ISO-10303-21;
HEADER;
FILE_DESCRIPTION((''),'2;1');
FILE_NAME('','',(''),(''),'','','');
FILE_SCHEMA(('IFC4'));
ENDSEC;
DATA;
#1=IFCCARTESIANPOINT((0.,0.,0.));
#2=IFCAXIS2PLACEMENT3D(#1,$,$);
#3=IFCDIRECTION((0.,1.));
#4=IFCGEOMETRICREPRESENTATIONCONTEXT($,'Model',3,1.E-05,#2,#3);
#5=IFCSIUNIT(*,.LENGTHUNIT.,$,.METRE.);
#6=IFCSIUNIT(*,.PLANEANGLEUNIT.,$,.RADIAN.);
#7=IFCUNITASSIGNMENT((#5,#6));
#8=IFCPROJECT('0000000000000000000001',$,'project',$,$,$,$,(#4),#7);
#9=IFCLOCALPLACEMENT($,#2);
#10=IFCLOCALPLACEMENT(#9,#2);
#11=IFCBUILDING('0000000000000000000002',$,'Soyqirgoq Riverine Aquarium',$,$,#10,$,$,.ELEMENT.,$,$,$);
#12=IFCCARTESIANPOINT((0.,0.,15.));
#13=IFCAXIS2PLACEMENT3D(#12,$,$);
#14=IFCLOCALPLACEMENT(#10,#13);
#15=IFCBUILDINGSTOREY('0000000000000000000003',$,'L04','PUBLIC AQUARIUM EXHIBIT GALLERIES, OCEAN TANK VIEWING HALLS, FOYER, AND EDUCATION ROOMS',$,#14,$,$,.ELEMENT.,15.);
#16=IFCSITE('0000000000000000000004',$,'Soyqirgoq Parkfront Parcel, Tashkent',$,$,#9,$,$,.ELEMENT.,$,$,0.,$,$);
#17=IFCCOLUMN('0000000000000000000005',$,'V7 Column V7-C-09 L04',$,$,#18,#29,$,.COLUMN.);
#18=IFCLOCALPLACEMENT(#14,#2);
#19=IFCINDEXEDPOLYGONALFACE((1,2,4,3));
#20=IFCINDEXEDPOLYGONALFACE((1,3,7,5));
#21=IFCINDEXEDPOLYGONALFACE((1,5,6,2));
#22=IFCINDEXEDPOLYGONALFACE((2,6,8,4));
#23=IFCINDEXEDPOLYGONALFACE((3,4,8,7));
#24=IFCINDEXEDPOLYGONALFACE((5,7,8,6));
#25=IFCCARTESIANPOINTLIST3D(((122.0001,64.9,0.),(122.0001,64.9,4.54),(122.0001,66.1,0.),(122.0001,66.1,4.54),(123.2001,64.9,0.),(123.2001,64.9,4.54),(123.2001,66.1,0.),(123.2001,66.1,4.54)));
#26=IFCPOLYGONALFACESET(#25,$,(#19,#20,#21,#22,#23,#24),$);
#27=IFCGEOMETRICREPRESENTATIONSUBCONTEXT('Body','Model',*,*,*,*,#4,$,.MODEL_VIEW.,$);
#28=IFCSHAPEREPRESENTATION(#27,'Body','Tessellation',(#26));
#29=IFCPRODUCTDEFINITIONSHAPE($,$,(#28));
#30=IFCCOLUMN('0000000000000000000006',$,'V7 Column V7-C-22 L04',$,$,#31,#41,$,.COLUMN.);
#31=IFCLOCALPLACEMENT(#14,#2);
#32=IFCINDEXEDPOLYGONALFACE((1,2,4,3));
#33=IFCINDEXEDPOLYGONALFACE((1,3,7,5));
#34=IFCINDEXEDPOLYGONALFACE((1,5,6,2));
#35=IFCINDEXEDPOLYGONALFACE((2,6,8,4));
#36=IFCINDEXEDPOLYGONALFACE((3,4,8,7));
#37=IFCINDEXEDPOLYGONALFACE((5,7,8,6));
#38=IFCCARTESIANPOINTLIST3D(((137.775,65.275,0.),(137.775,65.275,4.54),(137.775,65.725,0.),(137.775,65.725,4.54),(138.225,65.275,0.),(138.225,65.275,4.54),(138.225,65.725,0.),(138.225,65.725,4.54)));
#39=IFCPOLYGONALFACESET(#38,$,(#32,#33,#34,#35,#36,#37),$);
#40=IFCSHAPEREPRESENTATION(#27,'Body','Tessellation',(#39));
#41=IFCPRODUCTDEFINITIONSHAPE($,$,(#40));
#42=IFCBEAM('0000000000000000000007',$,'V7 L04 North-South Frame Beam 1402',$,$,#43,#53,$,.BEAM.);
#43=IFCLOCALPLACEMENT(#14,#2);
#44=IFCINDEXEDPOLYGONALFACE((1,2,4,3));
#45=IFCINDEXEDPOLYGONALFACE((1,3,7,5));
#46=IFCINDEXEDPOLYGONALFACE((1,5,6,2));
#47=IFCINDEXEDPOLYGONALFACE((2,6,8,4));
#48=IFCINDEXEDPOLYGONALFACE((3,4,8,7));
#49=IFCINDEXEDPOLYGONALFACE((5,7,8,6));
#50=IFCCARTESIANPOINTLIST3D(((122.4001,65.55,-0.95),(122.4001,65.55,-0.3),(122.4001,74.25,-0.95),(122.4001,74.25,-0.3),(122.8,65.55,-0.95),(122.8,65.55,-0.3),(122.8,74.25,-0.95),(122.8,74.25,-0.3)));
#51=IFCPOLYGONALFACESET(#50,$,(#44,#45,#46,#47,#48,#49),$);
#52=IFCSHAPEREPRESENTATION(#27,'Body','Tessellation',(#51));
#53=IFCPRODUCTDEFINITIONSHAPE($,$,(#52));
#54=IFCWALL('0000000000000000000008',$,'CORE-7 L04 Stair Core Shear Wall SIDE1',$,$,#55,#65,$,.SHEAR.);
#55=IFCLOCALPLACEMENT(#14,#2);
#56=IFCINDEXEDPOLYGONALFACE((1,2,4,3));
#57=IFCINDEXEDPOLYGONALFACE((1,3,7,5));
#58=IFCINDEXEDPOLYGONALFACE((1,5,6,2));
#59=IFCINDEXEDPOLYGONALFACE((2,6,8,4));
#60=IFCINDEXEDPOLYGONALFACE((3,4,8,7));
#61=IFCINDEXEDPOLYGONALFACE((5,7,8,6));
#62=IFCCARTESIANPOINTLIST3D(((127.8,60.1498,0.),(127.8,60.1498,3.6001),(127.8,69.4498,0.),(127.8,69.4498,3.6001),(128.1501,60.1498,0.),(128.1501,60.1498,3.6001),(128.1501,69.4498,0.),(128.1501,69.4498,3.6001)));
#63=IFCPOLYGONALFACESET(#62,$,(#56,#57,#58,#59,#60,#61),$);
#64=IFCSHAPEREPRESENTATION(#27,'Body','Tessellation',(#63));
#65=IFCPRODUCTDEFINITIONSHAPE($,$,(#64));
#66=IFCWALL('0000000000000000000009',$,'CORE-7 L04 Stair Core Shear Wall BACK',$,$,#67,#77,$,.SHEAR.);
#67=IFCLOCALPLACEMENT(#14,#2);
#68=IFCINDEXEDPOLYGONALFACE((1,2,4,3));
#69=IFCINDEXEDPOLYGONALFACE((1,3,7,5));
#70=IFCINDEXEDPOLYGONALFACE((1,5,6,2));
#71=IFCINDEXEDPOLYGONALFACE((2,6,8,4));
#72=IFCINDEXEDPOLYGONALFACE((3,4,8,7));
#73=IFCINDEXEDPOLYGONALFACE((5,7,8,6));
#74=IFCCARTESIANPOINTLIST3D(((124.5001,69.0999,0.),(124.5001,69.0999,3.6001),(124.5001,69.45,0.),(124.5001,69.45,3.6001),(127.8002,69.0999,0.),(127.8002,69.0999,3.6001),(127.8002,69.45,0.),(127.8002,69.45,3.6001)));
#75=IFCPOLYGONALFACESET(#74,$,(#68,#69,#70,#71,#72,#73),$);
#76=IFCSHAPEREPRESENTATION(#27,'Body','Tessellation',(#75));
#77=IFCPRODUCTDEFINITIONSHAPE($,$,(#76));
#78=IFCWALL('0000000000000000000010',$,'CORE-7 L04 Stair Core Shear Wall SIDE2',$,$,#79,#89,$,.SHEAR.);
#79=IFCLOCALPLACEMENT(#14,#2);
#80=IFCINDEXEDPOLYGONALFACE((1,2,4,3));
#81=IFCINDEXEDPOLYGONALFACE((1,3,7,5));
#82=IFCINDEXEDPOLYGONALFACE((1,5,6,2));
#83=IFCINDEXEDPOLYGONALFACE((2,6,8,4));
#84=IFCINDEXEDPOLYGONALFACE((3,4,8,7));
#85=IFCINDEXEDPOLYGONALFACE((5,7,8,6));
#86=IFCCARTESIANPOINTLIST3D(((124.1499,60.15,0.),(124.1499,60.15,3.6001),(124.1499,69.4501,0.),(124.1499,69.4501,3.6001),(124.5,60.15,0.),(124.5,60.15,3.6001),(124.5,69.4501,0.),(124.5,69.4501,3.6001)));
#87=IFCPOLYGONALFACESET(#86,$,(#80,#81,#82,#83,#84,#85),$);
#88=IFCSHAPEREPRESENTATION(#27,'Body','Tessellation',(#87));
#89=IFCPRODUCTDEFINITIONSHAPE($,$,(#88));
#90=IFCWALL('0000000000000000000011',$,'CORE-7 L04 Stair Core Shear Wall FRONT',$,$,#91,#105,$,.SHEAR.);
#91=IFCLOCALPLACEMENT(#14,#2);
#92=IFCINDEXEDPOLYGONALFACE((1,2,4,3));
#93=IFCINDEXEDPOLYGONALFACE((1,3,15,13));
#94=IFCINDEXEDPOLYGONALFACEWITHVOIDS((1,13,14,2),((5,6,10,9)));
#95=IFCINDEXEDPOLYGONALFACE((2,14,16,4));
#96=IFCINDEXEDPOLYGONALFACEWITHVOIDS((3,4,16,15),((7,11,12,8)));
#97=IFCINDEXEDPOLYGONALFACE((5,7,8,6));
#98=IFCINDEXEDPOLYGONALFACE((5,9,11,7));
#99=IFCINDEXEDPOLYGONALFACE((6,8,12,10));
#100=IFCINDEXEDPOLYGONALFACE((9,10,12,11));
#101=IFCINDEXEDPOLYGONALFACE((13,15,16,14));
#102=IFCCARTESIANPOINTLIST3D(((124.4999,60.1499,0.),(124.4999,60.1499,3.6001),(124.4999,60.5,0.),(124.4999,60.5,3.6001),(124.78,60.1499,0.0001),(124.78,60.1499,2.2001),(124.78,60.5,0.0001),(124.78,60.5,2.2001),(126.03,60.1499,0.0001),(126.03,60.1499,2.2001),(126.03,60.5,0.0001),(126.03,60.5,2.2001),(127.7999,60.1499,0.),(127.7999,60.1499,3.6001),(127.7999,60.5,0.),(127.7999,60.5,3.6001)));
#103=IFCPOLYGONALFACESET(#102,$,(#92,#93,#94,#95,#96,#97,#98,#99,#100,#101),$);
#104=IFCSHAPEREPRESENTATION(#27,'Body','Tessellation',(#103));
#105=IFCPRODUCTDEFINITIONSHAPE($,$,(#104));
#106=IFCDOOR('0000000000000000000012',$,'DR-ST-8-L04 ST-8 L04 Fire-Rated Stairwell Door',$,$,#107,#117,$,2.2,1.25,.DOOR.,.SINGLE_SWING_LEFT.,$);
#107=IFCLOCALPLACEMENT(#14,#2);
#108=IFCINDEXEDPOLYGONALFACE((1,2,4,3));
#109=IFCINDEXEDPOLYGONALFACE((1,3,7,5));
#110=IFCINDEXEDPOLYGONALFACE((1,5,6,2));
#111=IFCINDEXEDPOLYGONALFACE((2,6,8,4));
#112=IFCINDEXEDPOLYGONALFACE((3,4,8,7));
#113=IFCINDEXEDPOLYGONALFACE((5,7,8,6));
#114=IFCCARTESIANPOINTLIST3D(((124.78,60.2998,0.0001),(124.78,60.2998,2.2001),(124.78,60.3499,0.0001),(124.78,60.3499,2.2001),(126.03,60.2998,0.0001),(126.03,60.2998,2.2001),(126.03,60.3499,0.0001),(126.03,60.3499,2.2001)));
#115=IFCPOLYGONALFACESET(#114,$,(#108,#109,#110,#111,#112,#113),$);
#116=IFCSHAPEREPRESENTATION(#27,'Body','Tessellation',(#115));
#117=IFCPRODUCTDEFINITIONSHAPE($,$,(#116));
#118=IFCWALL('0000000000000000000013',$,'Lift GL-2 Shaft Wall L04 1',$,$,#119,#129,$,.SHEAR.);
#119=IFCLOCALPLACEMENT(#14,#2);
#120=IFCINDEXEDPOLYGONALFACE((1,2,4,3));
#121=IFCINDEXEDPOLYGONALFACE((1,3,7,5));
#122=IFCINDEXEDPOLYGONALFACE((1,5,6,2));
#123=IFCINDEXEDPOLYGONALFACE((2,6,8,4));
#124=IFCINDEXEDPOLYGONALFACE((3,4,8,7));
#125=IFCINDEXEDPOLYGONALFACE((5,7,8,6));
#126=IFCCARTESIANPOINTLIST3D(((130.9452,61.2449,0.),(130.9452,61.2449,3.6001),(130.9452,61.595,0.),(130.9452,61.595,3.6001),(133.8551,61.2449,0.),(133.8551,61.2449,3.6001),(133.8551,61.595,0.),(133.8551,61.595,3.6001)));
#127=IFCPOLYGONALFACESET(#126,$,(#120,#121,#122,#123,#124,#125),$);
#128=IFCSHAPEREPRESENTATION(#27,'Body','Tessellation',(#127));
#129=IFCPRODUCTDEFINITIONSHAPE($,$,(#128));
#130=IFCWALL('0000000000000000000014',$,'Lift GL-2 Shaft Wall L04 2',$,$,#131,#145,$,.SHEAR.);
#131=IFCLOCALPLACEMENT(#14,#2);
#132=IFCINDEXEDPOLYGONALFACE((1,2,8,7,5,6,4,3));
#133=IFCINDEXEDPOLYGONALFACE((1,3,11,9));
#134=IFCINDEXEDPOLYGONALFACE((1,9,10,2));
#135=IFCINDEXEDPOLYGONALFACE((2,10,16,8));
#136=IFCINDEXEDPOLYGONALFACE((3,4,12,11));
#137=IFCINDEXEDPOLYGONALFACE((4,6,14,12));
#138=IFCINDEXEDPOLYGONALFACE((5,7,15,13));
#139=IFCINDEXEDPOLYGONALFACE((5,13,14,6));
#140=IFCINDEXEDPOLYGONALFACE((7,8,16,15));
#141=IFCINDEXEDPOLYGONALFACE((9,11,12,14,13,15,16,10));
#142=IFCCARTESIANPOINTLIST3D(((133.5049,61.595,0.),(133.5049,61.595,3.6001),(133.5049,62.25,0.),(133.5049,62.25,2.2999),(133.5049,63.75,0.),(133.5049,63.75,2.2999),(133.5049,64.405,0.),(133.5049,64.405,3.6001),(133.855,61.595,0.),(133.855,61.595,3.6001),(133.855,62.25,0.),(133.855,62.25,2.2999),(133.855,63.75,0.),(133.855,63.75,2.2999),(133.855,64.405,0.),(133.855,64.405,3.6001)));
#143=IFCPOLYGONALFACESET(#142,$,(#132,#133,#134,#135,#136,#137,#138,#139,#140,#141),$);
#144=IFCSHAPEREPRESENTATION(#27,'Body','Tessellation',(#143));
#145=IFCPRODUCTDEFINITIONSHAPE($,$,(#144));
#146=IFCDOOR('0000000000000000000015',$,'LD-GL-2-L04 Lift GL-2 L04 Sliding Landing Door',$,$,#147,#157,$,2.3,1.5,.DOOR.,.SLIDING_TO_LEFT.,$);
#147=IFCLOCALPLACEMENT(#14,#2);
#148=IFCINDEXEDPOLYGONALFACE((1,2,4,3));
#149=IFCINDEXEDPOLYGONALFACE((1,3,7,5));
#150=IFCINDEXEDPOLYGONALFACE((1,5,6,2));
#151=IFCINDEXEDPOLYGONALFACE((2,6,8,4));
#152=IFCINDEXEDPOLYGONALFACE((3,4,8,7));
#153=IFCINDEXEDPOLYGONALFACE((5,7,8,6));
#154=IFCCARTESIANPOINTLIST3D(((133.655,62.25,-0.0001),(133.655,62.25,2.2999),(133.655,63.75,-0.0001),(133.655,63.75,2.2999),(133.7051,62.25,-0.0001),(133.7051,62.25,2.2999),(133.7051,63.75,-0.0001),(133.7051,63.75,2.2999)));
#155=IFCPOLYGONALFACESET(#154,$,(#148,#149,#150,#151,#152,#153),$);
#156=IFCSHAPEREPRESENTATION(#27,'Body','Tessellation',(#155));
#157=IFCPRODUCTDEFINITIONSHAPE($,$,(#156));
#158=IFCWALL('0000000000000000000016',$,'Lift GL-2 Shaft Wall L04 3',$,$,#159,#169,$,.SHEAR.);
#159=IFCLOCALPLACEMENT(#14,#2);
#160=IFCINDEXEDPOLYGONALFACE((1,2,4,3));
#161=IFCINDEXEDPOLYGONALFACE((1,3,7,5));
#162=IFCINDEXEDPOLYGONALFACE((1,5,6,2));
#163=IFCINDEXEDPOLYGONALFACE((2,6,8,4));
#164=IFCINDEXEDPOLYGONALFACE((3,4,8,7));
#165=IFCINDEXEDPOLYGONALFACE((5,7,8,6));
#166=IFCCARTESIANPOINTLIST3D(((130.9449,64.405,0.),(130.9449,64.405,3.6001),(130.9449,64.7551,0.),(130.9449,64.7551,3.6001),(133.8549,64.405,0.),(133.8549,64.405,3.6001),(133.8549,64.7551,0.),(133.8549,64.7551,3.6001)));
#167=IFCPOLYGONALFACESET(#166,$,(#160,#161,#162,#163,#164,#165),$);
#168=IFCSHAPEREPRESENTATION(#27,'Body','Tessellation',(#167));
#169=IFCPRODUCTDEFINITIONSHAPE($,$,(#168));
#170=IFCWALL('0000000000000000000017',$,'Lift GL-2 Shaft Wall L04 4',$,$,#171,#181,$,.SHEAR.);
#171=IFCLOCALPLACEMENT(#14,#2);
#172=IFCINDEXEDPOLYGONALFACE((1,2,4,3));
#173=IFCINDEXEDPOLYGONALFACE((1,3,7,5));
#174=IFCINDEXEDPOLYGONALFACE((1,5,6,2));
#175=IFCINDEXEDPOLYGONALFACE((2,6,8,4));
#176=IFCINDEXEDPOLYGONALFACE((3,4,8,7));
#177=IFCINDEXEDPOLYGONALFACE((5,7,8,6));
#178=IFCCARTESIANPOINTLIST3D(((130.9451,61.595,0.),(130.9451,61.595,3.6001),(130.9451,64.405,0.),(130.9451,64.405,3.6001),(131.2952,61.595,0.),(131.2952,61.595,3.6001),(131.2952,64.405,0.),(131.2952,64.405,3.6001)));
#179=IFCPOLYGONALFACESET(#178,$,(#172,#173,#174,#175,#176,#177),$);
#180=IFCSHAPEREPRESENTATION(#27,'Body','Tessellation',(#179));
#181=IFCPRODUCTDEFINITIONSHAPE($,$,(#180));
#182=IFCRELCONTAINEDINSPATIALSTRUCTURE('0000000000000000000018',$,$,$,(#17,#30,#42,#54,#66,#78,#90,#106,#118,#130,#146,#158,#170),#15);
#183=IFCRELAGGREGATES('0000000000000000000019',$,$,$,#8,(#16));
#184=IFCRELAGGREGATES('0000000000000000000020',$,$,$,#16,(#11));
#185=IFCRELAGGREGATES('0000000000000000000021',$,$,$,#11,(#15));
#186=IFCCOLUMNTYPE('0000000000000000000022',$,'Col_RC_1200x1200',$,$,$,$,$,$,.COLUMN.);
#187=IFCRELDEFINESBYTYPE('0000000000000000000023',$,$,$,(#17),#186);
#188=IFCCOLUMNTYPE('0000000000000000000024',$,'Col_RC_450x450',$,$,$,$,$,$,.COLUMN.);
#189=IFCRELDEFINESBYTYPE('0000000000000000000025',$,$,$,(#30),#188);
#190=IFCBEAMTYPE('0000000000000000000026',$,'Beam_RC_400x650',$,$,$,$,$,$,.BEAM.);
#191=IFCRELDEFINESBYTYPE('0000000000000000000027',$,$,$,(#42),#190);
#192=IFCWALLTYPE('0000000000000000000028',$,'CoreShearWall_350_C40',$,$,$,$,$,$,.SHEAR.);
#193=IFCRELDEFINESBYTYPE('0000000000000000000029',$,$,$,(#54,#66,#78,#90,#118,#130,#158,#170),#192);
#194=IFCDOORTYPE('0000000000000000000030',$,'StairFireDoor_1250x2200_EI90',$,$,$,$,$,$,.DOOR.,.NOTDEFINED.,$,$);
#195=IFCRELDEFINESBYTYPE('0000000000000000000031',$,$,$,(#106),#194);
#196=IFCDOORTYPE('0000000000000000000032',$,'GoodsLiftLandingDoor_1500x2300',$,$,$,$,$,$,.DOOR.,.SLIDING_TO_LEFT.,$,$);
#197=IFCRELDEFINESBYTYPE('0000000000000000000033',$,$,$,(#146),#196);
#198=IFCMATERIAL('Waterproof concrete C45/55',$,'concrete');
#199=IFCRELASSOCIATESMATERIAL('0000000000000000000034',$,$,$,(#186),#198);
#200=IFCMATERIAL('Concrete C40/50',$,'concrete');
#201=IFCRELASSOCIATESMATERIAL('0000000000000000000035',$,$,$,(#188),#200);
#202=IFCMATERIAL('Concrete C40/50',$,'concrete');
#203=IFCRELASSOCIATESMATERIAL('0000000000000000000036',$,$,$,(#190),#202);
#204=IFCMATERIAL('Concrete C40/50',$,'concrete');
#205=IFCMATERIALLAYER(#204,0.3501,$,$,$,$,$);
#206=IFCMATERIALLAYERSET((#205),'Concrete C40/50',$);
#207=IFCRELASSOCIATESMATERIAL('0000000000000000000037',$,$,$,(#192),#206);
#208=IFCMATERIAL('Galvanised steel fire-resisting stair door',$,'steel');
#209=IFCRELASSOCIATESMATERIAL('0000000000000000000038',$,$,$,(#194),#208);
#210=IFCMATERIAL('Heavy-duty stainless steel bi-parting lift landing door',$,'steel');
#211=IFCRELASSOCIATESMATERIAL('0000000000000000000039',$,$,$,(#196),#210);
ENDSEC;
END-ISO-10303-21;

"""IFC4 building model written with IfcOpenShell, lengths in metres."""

from ifc_helpers import new_model, si_unit, direction, frame, frame_2d, origin, origin_2d, place, context, subcontext, project, spatial, rectangle, extrude, material, layer, layer_set, material_profile, profile_set, type_object, element, fill, save


model = new_model("IFC4")

# Units and contexts
model_context = context("Model", 3, precision=1e-05, world=origin(), true_north=direction((0.0, 1.0)))
body_context = subcontext(model_context, "Body", "Model", "MODEL_VIEW")
ifc_project = project(units=[si_unit("LENGTHUNIT", "METRE"), si_unit("PLANEANGLEUNIT", "RADIAN")], contexts=[model_context])

# Site, building, storey
site_placement = place(None, origin())
site = spatial("IfcSite", under=ifc_project, at=site_placement, Name="Soyqirgoq Parkfront Parcel, Tashkent", CompositionType="ELEMENT", RefElevation=0.0)
building_placement = place(site_placement, origin())
building = spatial("IfcBuilding", under=site, at=building_placement, Name="Soyqirgoq Riverine Aquarium", CompositionType="ELEMENT")
storey_placement = place(building_placement, frame((0.0, 0.0, 15.0)))
storey = spatial("IfcBuildingStorey", under=building, at=storey_placement, Name="L04", Description="PUBLIC AQUARIUM EXHIBIT GALLERIES, OCEAN TANK VIEWING HALLS, FOYER, AND EDUCATION ROOMS", CompositionType="ELEMENT", Elevation=15.0)

# Columns
ifc_material_1 = material(Name="Waterproof concrete C45/55", Category="concrete")
ifc_material_profile_1 = material_profile(ifc_material_1, rectangle(XDim=1.2, YDim=1.2, at=origin_2d()), Name="RC 1200x1200")
ifc_profile_set_1 = profile_set([ifc_material_profile_1], Name="Waterproof concrete C45/55")
column_type_1 = type_object("IfcColumnType", Name="Col_RC_1200x1200", PredefinedType="COLUMN", material=ifc_profile_set_1)
column_1_placement = place(storey_placement, frame((122.6001, 65.5, 0.0), z_axis=(0.0, 0.0, 1.0), x_axis=(1.0, 0.0, 0.0)))
element("IfcColumn", 1, at=column_1_placement, inside=storey, type_object=column_type_1, Name="V7 Column V7-C-09 L04", PredefinedType="COLUMN", context=body_context, shape_type="SweptSolid", body=[
    extrude(rectangle(XDim=1.2, YDim=1.2, at=origin_2d()), origin(), (0.0, 0.0, 1.0), 4.54),
])
ifc_material_2 = material(Name="Concrete C40/50", Category="concrete")
ifc_material_profile_2 = material_profile(ifc_material_2, rectangle(XDim=0.45, YDim=0.45, at=origin_2d()), Name="RC 450x450")
ifc_profile_set_2 = profile_set([ifc_material_profile_2], Name="Concrete C40/50")
column_type_2 = type_object("IfcColumnType", Name="Col_RC_450x450", PredefinedType="COLUMN", material=ifc_profile_set_2)
column_2_placement = place(storey_placement, frame((138.0, 65.5, 0.0), z_axis=(0.0, 0.0, 1.0), x_axis=(1.0, 0.0, 0.0)))
element("IfcColumn", 2, at=column_2_placement, inside=storey, type_object=column_type_2, Name="V7 Column V7-C-22 L04", PredefinedType="COLUMN", context=body_context, shape_type="SweptSolid", body=[
    extrude(rectangle(XDim=0.45, YDim=0.45, at=origin_2d()), origin(), (0.0, 0.0, 1.0), 4.54),
])

# Beam
ifc_material_3 = material(Name="Concrete C40/50", Category="concrete")
ifc_material_profile_3 = material_profile(ifc_material_3, rectangle(XDim=0.3999, YDim=0.6499, at=origin_2d()), Name="RC 400x650")
ifc_profile_set_3 = profile_set([ifc_material_profile_3], Name="Concrete C40/50")
beam_type = type_object("IfcBeamType", Name="Beam_RC_400x650", PredefinedType="BEAM", material=ifc_profile_set_3)
beam_placement = place(storey_placement, frame((122.6001, 65.55, -0.625), z_axis=(0.0, 1.0, 0.0), x_axis=(-1.0, 0.0, 0.0)))
element("IfcBeam", 3, at=beam_placement, inside=storey, type_object=beam_type, Name="V7 L04 North-South Frame Beam 1402", PredefinedType="BEAM", context=body_context, shape_type="SweptSolid", body=[
    extrude(rectangle(XDim=0.3999, YDim=0.6499, at=origin_2d()), origin(), (0.0, 0.0, 1.0), 8.7),
])

# Walls
ifc_material_4 = material(Name="Concrete C40/50", Category="concrete")
ifc_layer_1 = layer(ifc_material_4, 0.3501)
ifc_layer_set_1 = layer_set([ifc_layer_1], Name="Concrete C40/50")
wall_type_1 = type_object("IfcWallType", Name="CoreShearWall_350_C40", PredefinedType="SHEAR", material=ifc_layer_set_1)
wall_1_placement = place(storey_placement, frame((127.9751, 60.1499, 0.0), z_axis=(0.0, 0.0, 1.0), x_axis=(0.0, 1.0, 0.0)))
element("IfcWall", 4, at=wall_1_placement, inside=storey, type_object=wall_type_1, Name="CORE-7 L04 Stair Core Shear Wall SIDE1", PredefinedType="SHEAR", context=body_context, shape_type="SweptSolid", body=[
    extrude(rectangle(XDim=9.3, YDim=0.3501, at=frame_2d((4.6499, 0.0))), origin(), (0.0, 0.0, 1.0), 3.6001),
])
wall_2_placement = place(storey_placement, frame((127.8, 69.2749, 0.0), z_axis=(0.0, 0.0, 1.0), x_axis=(-1.0, 0.0, 0.0)))
element("IfcWall", 5, at=wall_2_placement, inside=storey, type_object=wall_type_1, Name="CORE-7 L04 Stair Core Shear Wall BACK", PredefinedType="SHEAR", context=body_context, shape_type="SweptSolid", body=[
    extrude(rectangle(XDim=3.3, YDim=0.3501, at=frame_2d((1.6499, 0.0))), origin(), (0.0, 0.0, 1.0), 3.6001),
])
wall_3_placement = place(storey_placement, frame((124.325, 69.45, 0.0), z_axis=(0.0, 0.0, 1.0), x_axis=(0.0, -1.0, 0.0)))
element("IfcWall", 6, at=wall_3_placement, inside=storey, type_object=wall_type_1, Name="CORE-7 L04 Stair Core Shear Wall SIDE2", PredefinedType="SHEAR", context=body_context, shape_type="SweptSolid", body=[
    extrude(rectangle(XDim=9.3, YDim=0.3501, at=frame_2d((4.6499, 0.0))), origin(), (0.0, 0.0, 1.0), 3.6001),
])

# Wall, opening, door
wall_4_placement = place(storey_placement, frame((124.5, 60.325, 0.0), z_axis=(0.0, 0.0, 1.0), x_axis=(1.0, 0.0, 0.0)))
wall_4 = element("IfcWall", 7, at=wall_4_placement, inside=storey, type_object=wall_type_1, Name="CORE-7 L04 Stair Core Shear Wall FRONT", PredefinedType="SHEAR", context=body_context, shape_type="SweptSolid", body=[
    extrude(rectangle(XDim=3.3, YDim=0.3501, at=frame_2d((1.6499, 0.0))), origin(), (0.0, 0.0, 1.0), 3.6001),
])
opening_1_placement = place(wall_4_placement, frame((0.28, 0.0, 0.0)))
opening_1 = element("IfcOpeningElement", 8, at=opening_1_placement, cuts=wall_4, PredefinedType="OPENING", context=body_context, shape_type="SweptSolid", body=[
    extrude(rectangle(XDim=1.25, YDim=2.2, at=frame_2d((0.625, 1.1001))), frame((0.0, 0.1851, 0.0), z_axis=(0.0, -1.0, 0.0), x_axis=(1.0, 0.0, 0.0)), (0.0, 0.0, 1.0), 0.3701),
])
ifc_material_5 = material(Name="Galvanised steel fire-resisting stair door", Category="steel")
door_type_1 = type_object("IfcDoorType", Name="StairFireDoor_1250x2200_EI90", OperationType="NOTDEFINED", PredefinedType="DOOR", material=ifc_material_5)
door_1_placement = place(opening_1_placement, origin())
door_1 = element("IfcDoor", 9, at=door_1_placement, inside=storey, type_object=door_type_1, Name="DR-ST-8-L04 ST-8 L04 Fire-Rated Stairwell Door", OperationType="SINGLE_SWING_LEFT", OverallHeight=2.2, OverallWidth=1.25, PredefinedType="DOOR", context=body_context, shape_type="SweptSolid", body=[
    extrude(rectangle(XDim=1.25, YDim=2.2, at=frame_2d((0.625, 1.1001))), frame((0.0, 0.0249, 0.0), z_axis=(0.0, -1.0, 0.0), x_axis=(1.0, 0.0, 0.0)), (0.0, 0.0, 1.0), 0.05),
])
fill(opening_1, door_1)

# Wall
wall_5_placement = place(storey_placement, frame((130.9451, 61.4199, 0.0), z_axis=(0.0, 0.0, 1.0), x_axis=(1.0, 0.0, 0.0)))
element("IfcWall", 10, at=wall_5_placement, inside=storey, type_object=wall_type_1, Name="Lift GL-2 Shaft Wall L04 1", PredefinedType="SHEAR", context=body_context, shape_type="SweptSolid", body=[
    extrude(rectangle(XDim=2.9099, YDim=0.3501, at=frame_2d((1.4551, 0.0))), origin(), (0.0, 0.0, 1.0), 3.6001),
])

# Wall, opening, door
wall_6_placement = place(storey_placement, frame((133.6799, 61.595, 0.0), z_axis=(0.0, 0.0, 1.0), x_axis=(0.0, 1.0, 0.0)))
wall_6 = element("IfcWall", 11, at=wall_6_placement, inside=storey, type_object=wall_type_1, Name="Lift GL-2 Shaft Wall L04 2", PredefinedType="SHEAR", context=body_context, shape_type="SweptSolid", body=[
    extrude(rectangle(XDim=2.8101, YDim=0.3501, at=frame_2d((1.405, 0.0))), origin(), (0.0, 0.0, 1.0), 3.6001),
])
opening_2_placement = place(wall_6_placement, frame((0.655, 0.0, 0.0)))
opening_2 = element("IfcOpeningElement", 12, at=opening_2_placement, cuts=wall_6, PredefinedType="OPENING", context=body_context, shape_type="SweptSolid", body=[
    extrude(rectangle(XDim=1.5, YDim=2.3, at=frame_2d((0.75, 1.1499))), frame((0.0, 0.1851, 0.0), z_axis=(0.0, -1.0, 0.0), x_axis=(1.0, 0.0, 0.0)), (0.0, 0.0, 1.0), 0.3701),
])
ifc_material_6 = material(Name="Heavy-duty stainless steel bi-parting lift landing door", Category="steel")
door_type_2 = type_object("IfcDoorType", Name="GoodsLiftLandingDoor_1500x2300", OperationType="SLIDING_TO_LEFT", PredefinedType="DOOR", material=ifc_material_6)
door_2_placement = place(opening_2_placement, origin())
door_2 = element("IfcDoor", 13, at=door_2_placement, inside=storey, type_object=door_type_2, Name="LD-GL-2-L04 Lift GL-2 L04 Sliding Landing Door", OperationType="SLIDING_TO_LEFT", OverallHeight=2.3, OverallWidth=1.5, PredefinedType="DOOR", context=body_context, shape_type="SweptSolid", body=[
    extrude(rectangle(XDim=1.5, YDim=2.3, at=frame_2d((0.75, 1.1499))), frame((0.0, 0.0249, 0.0), z_axis=(0.0, -1.0, 0.0), x_axis=(1.0, 0.0, 0.0)), (0.0, 0.0, 1.0), 0.05),
])
fill(opening_2, door_2)

# Walls
wall_7_placement = place(storey_placement, frame((133.855, 64.5801, 0.0), z_axis=(0.0, 0.0, 1.0), x_axis=(-1.0, 0.0, 0.0)))
element("IfcWall", 14, at=wall_7_placement, inside=storey, type_object=wall_type_1, Name="Lift GL-2 Shaft Wall L04 3", PredefinedType="SHEAR", context=body_context, shape_type="SweptSolid", body=[
    extrude(rectangle(XDim=2.9099, YDim=0.3501, at=frame_2d((1.4551, 0.0))), origin(), (0.0, 0.0, 1.0), 3.6001),
])
wall_8_placement = place(storey_placement, frame((131.1201, 64.405, 0.0), z_axis=(0.0, 0.0, 1.0), x_axis=(0.0, -1.0, 0.0)))
element("IfcWall", 15, at=wall_8_placement, inside=storey, type_object=wall_type_1, Name="Lift GL-2 Shaft Wall L04 4", PredefinedType="SHEAR", context=body_context, shape_type="SweptSolid", body=[
    extrude(rectangle(XDim=2.8101, YDim=0.3501, at=frame_2d((1.405, 0.0))), origin(), (0.0, 0.0, 1.0), 3.6001),
])

save(model, "model.ifc")
